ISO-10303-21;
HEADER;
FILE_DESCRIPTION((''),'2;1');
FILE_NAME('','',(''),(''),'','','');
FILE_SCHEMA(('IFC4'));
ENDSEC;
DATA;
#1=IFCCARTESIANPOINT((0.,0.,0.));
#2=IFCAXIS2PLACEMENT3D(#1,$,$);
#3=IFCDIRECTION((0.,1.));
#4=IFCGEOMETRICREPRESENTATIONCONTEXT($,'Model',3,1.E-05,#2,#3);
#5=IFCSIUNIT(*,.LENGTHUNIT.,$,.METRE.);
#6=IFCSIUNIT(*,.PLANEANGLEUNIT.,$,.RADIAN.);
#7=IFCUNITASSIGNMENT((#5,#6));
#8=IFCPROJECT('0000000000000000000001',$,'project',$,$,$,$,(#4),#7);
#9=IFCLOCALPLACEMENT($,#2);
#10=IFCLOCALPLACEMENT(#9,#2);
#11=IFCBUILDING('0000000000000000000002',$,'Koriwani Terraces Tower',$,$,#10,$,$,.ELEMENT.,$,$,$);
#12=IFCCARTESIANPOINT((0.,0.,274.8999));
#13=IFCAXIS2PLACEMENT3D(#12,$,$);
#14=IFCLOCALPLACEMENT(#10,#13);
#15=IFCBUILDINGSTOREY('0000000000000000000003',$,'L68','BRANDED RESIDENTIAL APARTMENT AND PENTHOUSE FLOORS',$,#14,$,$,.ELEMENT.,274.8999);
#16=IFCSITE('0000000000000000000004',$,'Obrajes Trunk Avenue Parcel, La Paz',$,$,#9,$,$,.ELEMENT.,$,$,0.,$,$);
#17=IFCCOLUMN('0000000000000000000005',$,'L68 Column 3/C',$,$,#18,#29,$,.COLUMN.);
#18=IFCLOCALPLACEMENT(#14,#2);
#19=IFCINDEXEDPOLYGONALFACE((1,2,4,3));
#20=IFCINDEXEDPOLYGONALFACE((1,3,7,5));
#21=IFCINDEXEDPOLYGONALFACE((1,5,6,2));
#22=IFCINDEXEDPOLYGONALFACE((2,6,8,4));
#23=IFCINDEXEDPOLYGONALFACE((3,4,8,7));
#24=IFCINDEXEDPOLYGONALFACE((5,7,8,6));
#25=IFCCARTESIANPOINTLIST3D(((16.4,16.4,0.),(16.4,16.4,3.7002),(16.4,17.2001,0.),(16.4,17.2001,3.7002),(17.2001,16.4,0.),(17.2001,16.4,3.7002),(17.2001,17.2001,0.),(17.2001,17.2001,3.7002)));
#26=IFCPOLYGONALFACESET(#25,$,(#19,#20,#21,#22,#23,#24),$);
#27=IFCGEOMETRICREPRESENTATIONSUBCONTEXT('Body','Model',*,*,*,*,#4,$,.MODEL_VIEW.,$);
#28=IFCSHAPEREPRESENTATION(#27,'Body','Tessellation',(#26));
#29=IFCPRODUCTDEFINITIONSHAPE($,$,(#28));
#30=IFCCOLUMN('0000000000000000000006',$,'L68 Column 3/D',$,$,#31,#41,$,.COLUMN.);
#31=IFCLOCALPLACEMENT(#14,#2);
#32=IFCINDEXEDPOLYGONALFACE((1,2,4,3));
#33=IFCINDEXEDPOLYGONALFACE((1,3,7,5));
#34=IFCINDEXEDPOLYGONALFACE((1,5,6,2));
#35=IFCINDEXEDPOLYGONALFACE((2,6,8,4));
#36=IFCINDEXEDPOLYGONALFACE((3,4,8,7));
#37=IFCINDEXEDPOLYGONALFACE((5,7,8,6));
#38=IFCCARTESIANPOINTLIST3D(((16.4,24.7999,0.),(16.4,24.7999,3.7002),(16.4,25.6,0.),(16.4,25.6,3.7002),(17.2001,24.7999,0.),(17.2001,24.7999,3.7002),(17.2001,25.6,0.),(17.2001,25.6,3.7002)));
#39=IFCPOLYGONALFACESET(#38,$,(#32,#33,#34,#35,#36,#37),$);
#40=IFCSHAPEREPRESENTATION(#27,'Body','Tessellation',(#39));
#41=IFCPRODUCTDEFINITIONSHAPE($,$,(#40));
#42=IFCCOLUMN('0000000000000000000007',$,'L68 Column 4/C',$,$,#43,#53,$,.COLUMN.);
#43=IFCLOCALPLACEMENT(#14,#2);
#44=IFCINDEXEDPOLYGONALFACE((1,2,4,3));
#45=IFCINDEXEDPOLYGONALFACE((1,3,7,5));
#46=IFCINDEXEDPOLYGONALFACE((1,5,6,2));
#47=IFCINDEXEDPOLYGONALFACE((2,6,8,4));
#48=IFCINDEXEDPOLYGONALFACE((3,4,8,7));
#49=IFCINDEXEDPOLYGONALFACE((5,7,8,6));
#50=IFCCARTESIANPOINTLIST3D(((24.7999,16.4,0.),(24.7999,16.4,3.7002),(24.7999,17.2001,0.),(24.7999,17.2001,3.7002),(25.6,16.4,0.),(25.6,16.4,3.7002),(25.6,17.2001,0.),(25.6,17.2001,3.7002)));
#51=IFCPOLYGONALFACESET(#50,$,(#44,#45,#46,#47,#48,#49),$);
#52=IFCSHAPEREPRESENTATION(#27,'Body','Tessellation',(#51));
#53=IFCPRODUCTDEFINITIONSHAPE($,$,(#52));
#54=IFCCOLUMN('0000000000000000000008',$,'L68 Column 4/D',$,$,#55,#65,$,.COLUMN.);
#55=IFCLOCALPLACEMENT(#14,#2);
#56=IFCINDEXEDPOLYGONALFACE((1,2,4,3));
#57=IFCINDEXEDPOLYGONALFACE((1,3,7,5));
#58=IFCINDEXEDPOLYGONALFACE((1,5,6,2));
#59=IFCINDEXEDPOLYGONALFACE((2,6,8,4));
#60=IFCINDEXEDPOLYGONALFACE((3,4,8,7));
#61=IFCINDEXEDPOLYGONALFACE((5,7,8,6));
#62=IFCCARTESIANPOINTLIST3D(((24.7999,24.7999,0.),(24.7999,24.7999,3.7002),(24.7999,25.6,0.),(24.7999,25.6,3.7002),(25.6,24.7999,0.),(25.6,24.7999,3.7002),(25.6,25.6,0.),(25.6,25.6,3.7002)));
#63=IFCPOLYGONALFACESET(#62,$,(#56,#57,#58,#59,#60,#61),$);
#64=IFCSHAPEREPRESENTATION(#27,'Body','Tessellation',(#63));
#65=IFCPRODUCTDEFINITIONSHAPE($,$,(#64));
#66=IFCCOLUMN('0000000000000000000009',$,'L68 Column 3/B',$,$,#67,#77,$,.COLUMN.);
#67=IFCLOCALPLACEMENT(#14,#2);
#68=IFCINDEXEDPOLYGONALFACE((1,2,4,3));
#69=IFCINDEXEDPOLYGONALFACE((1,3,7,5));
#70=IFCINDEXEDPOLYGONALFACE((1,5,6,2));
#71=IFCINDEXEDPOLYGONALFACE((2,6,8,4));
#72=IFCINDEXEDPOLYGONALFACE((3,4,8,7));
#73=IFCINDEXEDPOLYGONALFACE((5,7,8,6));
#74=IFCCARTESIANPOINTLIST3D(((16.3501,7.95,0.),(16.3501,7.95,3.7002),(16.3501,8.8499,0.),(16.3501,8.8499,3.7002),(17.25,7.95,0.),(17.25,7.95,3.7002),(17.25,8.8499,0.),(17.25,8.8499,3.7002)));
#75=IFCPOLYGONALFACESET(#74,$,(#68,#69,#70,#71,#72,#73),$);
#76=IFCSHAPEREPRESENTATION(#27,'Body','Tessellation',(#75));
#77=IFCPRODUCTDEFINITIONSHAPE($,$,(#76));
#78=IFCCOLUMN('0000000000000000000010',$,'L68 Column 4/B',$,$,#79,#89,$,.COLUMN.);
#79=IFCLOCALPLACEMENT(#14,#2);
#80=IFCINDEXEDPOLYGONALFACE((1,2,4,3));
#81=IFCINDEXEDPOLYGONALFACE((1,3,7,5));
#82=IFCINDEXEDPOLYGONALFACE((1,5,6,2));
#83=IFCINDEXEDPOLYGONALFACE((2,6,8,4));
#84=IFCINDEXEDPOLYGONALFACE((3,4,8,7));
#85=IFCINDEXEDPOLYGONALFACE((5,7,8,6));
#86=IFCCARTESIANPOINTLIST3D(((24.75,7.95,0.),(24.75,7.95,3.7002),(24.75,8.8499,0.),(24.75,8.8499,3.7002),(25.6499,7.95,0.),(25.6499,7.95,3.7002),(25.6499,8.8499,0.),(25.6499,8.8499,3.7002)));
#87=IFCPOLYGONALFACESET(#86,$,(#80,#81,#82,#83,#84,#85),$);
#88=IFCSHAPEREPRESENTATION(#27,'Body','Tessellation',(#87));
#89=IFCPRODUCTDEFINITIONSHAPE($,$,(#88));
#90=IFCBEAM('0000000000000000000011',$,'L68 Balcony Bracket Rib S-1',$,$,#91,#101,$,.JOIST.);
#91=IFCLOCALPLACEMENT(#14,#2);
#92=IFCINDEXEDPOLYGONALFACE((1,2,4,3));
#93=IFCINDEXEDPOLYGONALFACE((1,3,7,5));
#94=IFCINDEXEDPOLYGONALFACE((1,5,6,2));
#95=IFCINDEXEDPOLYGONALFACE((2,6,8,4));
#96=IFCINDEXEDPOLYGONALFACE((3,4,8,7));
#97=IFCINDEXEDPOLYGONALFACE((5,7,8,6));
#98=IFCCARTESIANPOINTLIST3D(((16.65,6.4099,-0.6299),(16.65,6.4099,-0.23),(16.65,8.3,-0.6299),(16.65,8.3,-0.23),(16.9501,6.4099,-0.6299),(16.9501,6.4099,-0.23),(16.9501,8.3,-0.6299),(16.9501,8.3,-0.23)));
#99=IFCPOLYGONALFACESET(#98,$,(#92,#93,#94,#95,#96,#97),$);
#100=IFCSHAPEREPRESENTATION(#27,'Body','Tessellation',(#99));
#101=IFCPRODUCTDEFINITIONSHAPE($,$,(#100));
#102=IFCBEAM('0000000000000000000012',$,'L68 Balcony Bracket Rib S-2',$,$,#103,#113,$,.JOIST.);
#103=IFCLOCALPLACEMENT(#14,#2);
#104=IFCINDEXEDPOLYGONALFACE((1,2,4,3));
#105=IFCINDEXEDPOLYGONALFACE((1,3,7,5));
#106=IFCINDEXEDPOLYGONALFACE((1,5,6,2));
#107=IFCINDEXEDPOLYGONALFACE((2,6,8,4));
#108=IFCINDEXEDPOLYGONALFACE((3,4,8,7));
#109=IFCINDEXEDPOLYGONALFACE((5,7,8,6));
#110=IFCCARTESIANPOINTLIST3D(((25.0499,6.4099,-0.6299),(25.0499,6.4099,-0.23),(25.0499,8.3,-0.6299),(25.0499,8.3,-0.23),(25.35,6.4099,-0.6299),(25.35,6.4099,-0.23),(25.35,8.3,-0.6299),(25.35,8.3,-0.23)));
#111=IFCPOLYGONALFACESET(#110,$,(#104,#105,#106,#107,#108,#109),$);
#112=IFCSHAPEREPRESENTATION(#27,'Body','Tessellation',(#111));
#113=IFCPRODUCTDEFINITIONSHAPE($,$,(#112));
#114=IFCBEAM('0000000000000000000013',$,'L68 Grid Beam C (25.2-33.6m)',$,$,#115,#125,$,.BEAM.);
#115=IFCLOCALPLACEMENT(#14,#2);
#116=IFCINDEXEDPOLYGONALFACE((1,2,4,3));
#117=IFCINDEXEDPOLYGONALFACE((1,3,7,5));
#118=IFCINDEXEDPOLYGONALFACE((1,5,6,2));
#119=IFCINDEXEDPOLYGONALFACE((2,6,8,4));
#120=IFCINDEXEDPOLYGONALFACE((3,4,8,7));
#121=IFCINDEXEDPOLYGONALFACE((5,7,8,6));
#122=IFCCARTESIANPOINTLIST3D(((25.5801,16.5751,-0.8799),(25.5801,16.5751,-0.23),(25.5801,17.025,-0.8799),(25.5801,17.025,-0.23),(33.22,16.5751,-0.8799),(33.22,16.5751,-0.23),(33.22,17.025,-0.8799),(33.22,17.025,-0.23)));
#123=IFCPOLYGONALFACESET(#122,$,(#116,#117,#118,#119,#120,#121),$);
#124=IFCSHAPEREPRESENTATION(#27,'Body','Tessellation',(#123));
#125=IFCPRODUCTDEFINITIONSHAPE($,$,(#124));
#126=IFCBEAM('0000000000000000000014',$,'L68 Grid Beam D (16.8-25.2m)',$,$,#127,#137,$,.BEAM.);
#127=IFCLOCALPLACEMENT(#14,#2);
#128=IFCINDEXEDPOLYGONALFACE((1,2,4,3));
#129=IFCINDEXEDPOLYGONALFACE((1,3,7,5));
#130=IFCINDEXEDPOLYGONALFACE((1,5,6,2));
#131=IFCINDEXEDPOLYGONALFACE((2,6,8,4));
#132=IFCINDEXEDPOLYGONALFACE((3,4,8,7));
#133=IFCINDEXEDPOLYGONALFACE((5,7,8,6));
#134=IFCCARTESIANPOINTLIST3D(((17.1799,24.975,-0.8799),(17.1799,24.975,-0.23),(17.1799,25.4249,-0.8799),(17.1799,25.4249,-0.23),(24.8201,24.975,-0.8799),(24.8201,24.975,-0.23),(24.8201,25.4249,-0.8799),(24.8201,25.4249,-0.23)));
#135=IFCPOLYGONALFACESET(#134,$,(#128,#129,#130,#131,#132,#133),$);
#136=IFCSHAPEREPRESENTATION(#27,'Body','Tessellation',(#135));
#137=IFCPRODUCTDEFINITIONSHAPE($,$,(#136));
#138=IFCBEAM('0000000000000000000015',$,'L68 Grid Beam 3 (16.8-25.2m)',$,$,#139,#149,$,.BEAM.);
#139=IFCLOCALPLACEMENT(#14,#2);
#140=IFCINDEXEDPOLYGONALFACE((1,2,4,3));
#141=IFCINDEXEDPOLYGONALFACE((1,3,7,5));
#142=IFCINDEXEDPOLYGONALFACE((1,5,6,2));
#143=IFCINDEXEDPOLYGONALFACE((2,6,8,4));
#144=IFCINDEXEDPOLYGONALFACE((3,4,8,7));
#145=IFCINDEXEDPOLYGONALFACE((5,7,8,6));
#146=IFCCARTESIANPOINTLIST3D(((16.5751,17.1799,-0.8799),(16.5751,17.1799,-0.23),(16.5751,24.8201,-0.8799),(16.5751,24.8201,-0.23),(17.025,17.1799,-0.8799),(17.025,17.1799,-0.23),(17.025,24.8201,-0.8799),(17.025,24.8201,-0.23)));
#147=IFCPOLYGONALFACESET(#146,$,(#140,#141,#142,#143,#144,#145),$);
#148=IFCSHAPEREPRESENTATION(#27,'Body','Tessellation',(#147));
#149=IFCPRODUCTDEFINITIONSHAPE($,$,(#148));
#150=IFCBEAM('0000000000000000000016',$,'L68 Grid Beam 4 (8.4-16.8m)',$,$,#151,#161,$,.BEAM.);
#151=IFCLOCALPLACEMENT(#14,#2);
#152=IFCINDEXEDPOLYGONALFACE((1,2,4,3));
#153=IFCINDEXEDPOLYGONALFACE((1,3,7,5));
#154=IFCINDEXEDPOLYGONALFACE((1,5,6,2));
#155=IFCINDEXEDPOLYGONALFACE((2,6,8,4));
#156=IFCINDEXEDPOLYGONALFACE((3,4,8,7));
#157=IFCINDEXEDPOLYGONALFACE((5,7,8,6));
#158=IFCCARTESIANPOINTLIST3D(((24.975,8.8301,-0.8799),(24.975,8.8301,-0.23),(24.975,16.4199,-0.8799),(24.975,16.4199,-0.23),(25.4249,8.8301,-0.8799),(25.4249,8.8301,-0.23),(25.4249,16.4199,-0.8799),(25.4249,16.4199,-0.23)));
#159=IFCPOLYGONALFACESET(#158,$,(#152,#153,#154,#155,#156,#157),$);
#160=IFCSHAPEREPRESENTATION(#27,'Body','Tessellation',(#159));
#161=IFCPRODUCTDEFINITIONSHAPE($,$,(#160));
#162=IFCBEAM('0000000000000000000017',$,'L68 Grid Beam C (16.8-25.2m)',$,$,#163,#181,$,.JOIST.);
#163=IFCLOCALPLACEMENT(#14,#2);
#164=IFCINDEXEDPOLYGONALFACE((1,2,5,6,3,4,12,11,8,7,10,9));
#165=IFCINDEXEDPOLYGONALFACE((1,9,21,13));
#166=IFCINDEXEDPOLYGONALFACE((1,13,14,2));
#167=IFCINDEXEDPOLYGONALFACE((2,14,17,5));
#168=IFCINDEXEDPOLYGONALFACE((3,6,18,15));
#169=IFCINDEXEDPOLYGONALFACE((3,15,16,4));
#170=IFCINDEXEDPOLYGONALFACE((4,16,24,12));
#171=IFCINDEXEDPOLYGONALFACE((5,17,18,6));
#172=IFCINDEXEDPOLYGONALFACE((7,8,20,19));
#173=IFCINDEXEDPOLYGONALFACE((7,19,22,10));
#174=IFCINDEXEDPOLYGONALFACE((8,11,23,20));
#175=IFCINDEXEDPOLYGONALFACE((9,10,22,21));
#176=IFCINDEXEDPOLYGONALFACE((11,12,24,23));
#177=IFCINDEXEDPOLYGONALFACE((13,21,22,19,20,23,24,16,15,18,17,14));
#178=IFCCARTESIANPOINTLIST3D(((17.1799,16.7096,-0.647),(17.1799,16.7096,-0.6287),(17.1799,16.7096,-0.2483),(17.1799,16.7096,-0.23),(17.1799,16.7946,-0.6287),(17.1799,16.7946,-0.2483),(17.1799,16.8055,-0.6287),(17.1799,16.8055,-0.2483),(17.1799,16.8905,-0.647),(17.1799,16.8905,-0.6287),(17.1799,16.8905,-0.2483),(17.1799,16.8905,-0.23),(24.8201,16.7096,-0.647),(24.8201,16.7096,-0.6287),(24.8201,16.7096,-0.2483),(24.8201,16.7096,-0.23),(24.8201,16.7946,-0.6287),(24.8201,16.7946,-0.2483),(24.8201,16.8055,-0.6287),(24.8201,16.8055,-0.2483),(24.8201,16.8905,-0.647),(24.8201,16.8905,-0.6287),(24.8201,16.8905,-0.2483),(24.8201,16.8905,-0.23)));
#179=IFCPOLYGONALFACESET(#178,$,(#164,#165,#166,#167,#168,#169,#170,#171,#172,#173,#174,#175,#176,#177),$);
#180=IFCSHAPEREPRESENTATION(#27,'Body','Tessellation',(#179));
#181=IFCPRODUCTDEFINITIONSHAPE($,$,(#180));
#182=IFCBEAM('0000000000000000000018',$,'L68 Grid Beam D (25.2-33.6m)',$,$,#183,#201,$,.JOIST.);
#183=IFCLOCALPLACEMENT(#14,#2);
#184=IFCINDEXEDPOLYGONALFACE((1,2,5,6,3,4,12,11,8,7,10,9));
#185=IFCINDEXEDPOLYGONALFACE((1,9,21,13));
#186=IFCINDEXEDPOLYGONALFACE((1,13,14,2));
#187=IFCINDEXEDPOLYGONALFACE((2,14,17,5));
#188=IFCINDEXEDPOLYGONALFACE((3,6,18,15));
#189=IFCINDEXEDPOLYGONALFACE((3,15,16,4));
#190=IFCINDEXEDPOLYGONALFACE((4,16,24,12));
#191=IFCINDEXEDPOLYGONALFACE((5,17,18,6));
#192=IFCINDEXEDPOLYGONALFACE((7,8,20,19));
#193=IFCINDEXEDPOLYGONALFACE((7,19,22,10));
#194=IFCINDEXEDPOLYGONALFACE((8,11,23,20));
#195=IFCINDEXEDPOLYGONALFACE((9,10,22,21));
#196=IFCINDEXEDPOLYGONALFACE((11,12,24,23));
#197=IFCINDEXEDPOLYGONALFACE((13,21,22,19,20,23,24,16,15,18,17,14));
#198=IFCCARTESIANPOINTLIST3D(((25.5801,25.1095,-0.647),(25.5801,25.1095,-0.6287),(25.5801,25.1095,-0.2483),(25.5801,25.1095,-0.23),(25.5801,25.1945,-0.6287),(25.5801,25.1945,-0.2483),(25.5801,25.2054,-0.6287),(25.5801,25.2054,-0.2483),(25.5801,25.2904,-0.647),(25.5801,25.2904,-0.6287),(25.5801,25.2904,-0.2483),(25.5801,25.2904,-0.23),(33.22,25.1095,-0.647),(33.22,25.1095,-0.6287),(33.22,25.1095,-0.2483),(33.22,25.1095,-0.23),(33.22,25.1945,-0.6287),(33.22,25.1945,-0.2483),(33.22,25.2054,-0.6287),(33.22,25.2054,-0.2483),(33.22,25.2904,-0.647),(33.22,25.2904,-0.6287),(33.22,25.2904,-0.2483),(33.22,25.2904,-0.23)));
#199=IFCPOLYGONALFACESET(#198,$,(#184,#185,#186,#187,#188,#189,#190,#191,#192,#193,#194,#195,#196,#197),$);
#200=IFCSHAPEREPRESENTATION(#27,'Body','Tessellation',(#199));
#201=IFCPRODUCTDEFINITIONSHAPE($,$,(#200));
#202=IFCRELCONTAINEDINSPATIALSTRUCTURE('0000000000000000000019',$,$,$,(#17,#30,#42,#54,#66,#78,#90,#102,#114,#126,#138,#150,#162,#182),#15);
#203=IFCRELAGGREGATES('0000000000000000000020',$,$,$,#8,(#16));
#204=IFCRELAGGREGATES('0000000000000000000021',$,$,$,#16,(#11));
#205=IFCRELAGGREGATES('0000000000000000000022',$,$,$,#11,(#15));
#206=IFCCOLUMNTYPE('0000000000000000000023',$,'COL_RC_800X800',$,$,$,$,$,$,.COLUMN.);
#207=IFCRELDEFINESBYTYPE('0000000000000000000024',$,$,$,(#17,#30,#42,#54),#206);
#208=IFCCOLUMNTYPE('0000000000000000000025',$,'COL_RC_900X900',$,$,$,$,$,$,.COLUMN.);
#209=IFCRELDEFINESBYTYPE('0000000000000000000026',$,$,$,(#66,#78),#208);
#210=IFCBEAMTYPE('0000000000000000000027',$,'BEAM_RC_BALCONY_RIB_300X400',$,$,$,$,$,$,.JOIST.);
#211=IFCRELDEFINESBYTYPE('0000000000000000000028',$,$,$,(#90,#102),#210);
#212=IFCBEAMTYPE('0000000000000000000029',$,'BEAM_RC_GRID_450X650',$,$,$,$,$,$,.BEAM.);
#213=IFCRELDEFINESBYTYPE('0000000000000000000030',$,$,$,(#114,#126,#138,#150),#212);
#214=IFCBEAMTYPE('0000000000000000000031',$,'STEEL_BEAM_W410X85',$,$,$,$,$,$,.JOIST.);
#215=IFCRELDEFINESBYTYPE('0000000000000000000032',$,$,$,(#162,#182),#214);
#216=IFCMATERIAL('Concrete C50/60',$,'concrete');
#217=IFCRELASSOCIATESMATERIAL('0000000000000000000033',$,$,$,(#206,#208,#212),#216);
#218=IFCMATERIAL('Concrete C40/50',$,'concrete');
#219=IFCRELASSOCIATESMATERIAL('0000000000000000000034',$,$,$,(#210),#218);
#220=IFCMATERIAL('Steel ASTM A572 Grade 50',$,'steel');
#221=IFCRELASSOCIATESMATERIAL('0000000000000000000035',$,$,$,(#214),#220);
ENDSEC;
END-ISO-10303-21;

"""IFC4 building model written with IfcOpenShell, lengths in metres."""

from ifc_helpers import new_model, si_unit, direction, frame, origin, origin_2d, place, context, subcontext, project, spatial, rectangle, i_section, extrude, material, material_profile, profile_set, type_object, element, save


model = new_model("IFC4")

# Units and contexts
model_context = context("Model", 3, precision=1e-05, world=origin(), true_north=direction((0.0, 1.0)))
body_context = subcontext(model_context, "Body", "Model", "MODEL_VIEW")
ifc_project = project(units=[si_unit("LENGTHUNIT", "METRE"), si_unit("PLANEANGLEUNIT", "RADIAN")], contexts=[model_context])

# Site, building, storey
site_placement = place(None, origin())
site = spatial("IfcSite", under=ifc_project, at=site_placement, Name="Obrajes Trunk Avenue Parcel, La Paz", CompositionType="ELEMENT", RefElevation=0.0)
building_placement = place(site_placement, origin())
building = spatial("IfcBuilding", under=site, at=building_placement, Name="Koriwani Terraces Tower", CompositionType="ELEMENT")
storey_placement = place(building_placement, frame((0.0, 0.0, 274.8999)))
storey = spatial("IfcBuildingStorey", under=building, at=storey_placement, Name="L68", Description="BRANDED RESIDENTIAL APARTMENT AND PENTHOUSE FLOORS", CompositionType="ELEMENT", Elevation=274.8999)

# Columns
ifc_material_1 = material(Name="Concrete C50/60", Category="concrete")
ifc_material_profile_1 = material_profile(ifc_material_1, rectangle(XDim=0.8, YDim=0.8, at=origin_2d()), Name="Concrete C50/60", Category="LoadBearing")
ifc_profile_set_1 = profile_set([ifc_material_profile_1], Name="Concrete C50/60")
column_type_1 = type_object("IfcColumnType", Name="COL_RC_800X800", PredefinedType="COLUMN", material=ifc_profile_set_1)
for number, where, z_axis, x_axis, name in (
    (1, (16.8, 16.8, 0.0), (0.0, 0.0, 1.0), (1.0, 0.0, 0.0), "L68 Column 3/C"),
    (2, (16.8, 25.2, 0.0), (0.0, 0.0, 1.0), (1.0, 0.0, 0.0), "L68 Column 3/D"),
    (3, (25.2, 16.8, 0.0), (0.0, 0.0, 1.0), (1.0, 0.0, 0.0), "L68 Column 4/C"),
    (4, (25.2, 25.2, 0.0), (0.0, 0.0, 1.0), (1.0, 0.0, 0.0), "L68 Column 4/D"),
):
    element("IfcColumn", number, at=place(storey_placement, frame(where, z_axis=z_axis, x_axis=x_axis)), inside=storey, type_object=column_type_1, Name=name, PredefinedType="COLUMN", context=body_context, shape_type="SweptSolid", body=[
        extrude(rectangle(XDim=0.8, YDim=0.8, at=origin_2d()), origin(), (0.0, 0.0, 1.0), 3.7002),
    ])
ifc_material_profile_2 = material_profile(ifc_material_1, rectangle(XDim=0.8999, YDim=0.8999, at=origin_2d()), Name="Concrete C50/60", Category="LoadBearing")
ifc_profile_set_2 = profile_set([ifc_material_profile_2], Name="Concrete C50/60")
column_type_2 = type_object("IfcColumnType", Name="COL_RC_900X900", PredefinedType="COLUMN", material=ifc_profile_set_2)
for number, where, z_axis, x_axis, name in (
    (5, (16.8, 8.3999, 0.0), (0.0, 0.0, 1.0), (1.0, 0.0, 0.0), "L68 Column 3/B"),
    (6, (25.2, 8.3999, 0.0), (0.0, 0.0, 1.0), (1.0, 0.0, 0.0), "L68 Column 4/B"),
):
    element("IfcColumn", number, at=place(storey_placement, frame(where, z_axis=z_axis, x_axis=x_axis)), inside=storey, type_object=column_type_2, Name=name, PredefinedType="COLUMN", context=body_context, shape_type="SweptSolid", body=[
        extrude(rectangle(XDim=0.8999, YDim=0.8999, at=origin_2d()), origin(), (0.0, 0.0, 1.0), 3.7002),
    ])

# Beams
ifc_material_2 = material(Name="Concrete C40/50", Category="concrete")
ifc_material_profile_3 = material_profile(ifc_material_2, rectangle(XDim=0.3, YDim=0.3999, at=origin_2d()), Name="Concrete C40/50", Category="LoadBearing")
ifc_profile_set_3 = profile_set([ifc_material_profile_3], Name="Concrete C40/50")
beam_type_1 = type_object("IfcBeamType", Name="BEAM_RC_BALCONY_RIB_300X400", PredefinedType="JOIST", material=ifc_profile_set_3)
for number, where, z_axis, x_axis, name in (
    (7, (16.8, 6.4099, -0.4299), (0.0, 1.0, 0.0), (-1.0, 0.0, 0.0), "L68 Balcony Bracket Rib S-1"),
    (8, (25.2, 6.4099, -0.4299), (0.0, 1.0, 0.0), (-1.0, 0.0, 0.0), "L68 Balcony Bracket Rib S-2"),
):
    element("IfcBeam", number, at=place(storey_placement, frame(where, z_axis=z_axis, x_axis=x_axis)), inside=storey, type_object=beam_type_1, Name=name, PredefinedType="JOIST", context=body_context, shape_type="SweptSolid", body=[
        extrude(rectangle(XDim=0.3, YDim=0.3999, at=origin_2d()), origin(), (0.0, 0.0, 1.0), 1.8901),
    ])
ifc_material_profile_4 = material_profile(ifc_material_1, rectangle(XDim=0.45, YDim=0.6499, at=origin_2d()), Name="Concrete C50/60", Category="LoadBearing")
ifc_profile_set_4 = profile_set([ifc_material_profile_4], Name="Concrete C50/60")
beam_type_2 = type_object("IfcBeamType", Name="BEAM_RC_GRID_450X650", PredefinedType="BEAM", material=ifc_profile_set_4)
beam_1_placement = place(storey_placement, frame((25.5801, 16.8, -0.5549), z_axis=(1.0, 0.0, 0.0), x_axis=(0.0, 1.0, 0.0)))
element("IfcBeam", 9, at=beam_1_placement, inside=storey, type_object=beam_type_2, Name="L68 Grid Beam C (25.2-33.6m)", PredefinedType="BEAM", context=body_context, shape_type="SweptSolid", body=[
    extrude(rectangle(XDim=0.45, YDim=0.6499, at=origin_2d()), origin(), (0.0, 0.0, 1.0), 7.6399),
])
for number, where, z_axis, x_axis, name in (
    (10, (17.1799, 25.2, -0.5549), (1.0, 0.0, 0.0), (0.0, 1.0, 0.0), "L68 Grid Beam D (16.8-25.2m)"),
    (11, (16.8, 17.1799, -0.5549), (0.0, 1.0, 0.0), (-1.0, 0.0, 0.0), "L68 Grid Beam 3 (16.8-25.2m)"),
):
    element("IfcBeam", number, at=place(storey_placement, frame(where, z_axis=z_axis, x_axis=x_axis)), inside=storey, type_object=beam_type_2, Name=name, PredefinedType="BEAM", context=body_context, shape_type="SweptSolid", body=[
        extrude(rectangle(XDim=0.45, YDim=0.6499, at=origin_2d()), origin(), (0.0, 0.0, 1.0), 7.6401),
    ])
beam_2_placement = place(storey_placement, frame((25.2, 8.8301, -0.5549), z_axis=(0.0, 1.0, 0.0), x_axis=(-1.0, 0.0, 0.0)))
element("IfcBeam", 12, at=beam_2_placement, inside=storey, type_object=beam_type_2, Name="L68 Grid Beam 4 (8.4-16.8m)", PredefinedType="BEAM", context=body_context, shape_type="SweptSolid", body=[
    extrude(rectangle(XDim=0.45, YDim=0.6499, at=origin_2d()), origin(), (0.0, 0.0, 1.0), 7.5898),
])
ifc_material_3 = material(Name="Steel ASTM A572 Grade 50", Category="steel")
ifc_material_profile_5 = material_profile(ifc_material_3, i_section(OverallWidth=0.1809, OverallDepth=0.417, WebThickness=0.011, FlangeThickness=0.0183, at=origin_2d()), Name="Steel ASTM A572 Grade 50", Category="LoadBearing")
ifc_profile_set_5 = profile_set([ifc_material_profile_5], Name="Steel ASTM A572 Grade 50")
beam_type_3 = type_object("IfcBeamType", Name="STEEL_BEAM_W410X85", PredefinedType="JOIST", material=ifc_profile_set_5)
beam_3_placement = place(storey_placement, frame((17.1799, 16.8, -0.4385), z_axis=(1.0, 0.0, 0.0), x_axis=(0.0, 1.0, 0.0)))
element("IfcBeam", 13, at=beam_3_placement, inside=storey, type_object=beam_type_3, Name="L68 Grid Beam C (16.8-25.2m)", PredefinedType="JOIST", context=body_context, shape_type="SweptSolid", body=[
    extrude(i_section(OverallWidth=0.1809, OverallDepth=0.417, WebThickness=0.011, FlangeThickness=0.0183, at=origin_2d()), origin(), (0.0, 0.0, 1.0), 7.6401),
])
beam_4_placement = place(storey_placement, frame((25.5801, 25.2, -0.4385), z_axis=(1.0, 0.0, 0.0), x_axis=(0.0, 1.0, 0.0)))
element("IfcBeam", 14, at=beam_4_placement, inside=storey, type_object=beam_type_3, Name="L68 Grid Beam D (25.2-33.6m)", PredefinedType="JOIST", context=body_context, shape_type="SweptSolid", body=[
    extrude(i_section(OverallWidth=0.1809, OverallDepth=0.417, WebThickness=0.011, FlangeThickness=0.0183, at=origin_2d()), origin(), (0.0, 0.0, 1.0), 7.6399),
])

save(model, "model.ifc")
